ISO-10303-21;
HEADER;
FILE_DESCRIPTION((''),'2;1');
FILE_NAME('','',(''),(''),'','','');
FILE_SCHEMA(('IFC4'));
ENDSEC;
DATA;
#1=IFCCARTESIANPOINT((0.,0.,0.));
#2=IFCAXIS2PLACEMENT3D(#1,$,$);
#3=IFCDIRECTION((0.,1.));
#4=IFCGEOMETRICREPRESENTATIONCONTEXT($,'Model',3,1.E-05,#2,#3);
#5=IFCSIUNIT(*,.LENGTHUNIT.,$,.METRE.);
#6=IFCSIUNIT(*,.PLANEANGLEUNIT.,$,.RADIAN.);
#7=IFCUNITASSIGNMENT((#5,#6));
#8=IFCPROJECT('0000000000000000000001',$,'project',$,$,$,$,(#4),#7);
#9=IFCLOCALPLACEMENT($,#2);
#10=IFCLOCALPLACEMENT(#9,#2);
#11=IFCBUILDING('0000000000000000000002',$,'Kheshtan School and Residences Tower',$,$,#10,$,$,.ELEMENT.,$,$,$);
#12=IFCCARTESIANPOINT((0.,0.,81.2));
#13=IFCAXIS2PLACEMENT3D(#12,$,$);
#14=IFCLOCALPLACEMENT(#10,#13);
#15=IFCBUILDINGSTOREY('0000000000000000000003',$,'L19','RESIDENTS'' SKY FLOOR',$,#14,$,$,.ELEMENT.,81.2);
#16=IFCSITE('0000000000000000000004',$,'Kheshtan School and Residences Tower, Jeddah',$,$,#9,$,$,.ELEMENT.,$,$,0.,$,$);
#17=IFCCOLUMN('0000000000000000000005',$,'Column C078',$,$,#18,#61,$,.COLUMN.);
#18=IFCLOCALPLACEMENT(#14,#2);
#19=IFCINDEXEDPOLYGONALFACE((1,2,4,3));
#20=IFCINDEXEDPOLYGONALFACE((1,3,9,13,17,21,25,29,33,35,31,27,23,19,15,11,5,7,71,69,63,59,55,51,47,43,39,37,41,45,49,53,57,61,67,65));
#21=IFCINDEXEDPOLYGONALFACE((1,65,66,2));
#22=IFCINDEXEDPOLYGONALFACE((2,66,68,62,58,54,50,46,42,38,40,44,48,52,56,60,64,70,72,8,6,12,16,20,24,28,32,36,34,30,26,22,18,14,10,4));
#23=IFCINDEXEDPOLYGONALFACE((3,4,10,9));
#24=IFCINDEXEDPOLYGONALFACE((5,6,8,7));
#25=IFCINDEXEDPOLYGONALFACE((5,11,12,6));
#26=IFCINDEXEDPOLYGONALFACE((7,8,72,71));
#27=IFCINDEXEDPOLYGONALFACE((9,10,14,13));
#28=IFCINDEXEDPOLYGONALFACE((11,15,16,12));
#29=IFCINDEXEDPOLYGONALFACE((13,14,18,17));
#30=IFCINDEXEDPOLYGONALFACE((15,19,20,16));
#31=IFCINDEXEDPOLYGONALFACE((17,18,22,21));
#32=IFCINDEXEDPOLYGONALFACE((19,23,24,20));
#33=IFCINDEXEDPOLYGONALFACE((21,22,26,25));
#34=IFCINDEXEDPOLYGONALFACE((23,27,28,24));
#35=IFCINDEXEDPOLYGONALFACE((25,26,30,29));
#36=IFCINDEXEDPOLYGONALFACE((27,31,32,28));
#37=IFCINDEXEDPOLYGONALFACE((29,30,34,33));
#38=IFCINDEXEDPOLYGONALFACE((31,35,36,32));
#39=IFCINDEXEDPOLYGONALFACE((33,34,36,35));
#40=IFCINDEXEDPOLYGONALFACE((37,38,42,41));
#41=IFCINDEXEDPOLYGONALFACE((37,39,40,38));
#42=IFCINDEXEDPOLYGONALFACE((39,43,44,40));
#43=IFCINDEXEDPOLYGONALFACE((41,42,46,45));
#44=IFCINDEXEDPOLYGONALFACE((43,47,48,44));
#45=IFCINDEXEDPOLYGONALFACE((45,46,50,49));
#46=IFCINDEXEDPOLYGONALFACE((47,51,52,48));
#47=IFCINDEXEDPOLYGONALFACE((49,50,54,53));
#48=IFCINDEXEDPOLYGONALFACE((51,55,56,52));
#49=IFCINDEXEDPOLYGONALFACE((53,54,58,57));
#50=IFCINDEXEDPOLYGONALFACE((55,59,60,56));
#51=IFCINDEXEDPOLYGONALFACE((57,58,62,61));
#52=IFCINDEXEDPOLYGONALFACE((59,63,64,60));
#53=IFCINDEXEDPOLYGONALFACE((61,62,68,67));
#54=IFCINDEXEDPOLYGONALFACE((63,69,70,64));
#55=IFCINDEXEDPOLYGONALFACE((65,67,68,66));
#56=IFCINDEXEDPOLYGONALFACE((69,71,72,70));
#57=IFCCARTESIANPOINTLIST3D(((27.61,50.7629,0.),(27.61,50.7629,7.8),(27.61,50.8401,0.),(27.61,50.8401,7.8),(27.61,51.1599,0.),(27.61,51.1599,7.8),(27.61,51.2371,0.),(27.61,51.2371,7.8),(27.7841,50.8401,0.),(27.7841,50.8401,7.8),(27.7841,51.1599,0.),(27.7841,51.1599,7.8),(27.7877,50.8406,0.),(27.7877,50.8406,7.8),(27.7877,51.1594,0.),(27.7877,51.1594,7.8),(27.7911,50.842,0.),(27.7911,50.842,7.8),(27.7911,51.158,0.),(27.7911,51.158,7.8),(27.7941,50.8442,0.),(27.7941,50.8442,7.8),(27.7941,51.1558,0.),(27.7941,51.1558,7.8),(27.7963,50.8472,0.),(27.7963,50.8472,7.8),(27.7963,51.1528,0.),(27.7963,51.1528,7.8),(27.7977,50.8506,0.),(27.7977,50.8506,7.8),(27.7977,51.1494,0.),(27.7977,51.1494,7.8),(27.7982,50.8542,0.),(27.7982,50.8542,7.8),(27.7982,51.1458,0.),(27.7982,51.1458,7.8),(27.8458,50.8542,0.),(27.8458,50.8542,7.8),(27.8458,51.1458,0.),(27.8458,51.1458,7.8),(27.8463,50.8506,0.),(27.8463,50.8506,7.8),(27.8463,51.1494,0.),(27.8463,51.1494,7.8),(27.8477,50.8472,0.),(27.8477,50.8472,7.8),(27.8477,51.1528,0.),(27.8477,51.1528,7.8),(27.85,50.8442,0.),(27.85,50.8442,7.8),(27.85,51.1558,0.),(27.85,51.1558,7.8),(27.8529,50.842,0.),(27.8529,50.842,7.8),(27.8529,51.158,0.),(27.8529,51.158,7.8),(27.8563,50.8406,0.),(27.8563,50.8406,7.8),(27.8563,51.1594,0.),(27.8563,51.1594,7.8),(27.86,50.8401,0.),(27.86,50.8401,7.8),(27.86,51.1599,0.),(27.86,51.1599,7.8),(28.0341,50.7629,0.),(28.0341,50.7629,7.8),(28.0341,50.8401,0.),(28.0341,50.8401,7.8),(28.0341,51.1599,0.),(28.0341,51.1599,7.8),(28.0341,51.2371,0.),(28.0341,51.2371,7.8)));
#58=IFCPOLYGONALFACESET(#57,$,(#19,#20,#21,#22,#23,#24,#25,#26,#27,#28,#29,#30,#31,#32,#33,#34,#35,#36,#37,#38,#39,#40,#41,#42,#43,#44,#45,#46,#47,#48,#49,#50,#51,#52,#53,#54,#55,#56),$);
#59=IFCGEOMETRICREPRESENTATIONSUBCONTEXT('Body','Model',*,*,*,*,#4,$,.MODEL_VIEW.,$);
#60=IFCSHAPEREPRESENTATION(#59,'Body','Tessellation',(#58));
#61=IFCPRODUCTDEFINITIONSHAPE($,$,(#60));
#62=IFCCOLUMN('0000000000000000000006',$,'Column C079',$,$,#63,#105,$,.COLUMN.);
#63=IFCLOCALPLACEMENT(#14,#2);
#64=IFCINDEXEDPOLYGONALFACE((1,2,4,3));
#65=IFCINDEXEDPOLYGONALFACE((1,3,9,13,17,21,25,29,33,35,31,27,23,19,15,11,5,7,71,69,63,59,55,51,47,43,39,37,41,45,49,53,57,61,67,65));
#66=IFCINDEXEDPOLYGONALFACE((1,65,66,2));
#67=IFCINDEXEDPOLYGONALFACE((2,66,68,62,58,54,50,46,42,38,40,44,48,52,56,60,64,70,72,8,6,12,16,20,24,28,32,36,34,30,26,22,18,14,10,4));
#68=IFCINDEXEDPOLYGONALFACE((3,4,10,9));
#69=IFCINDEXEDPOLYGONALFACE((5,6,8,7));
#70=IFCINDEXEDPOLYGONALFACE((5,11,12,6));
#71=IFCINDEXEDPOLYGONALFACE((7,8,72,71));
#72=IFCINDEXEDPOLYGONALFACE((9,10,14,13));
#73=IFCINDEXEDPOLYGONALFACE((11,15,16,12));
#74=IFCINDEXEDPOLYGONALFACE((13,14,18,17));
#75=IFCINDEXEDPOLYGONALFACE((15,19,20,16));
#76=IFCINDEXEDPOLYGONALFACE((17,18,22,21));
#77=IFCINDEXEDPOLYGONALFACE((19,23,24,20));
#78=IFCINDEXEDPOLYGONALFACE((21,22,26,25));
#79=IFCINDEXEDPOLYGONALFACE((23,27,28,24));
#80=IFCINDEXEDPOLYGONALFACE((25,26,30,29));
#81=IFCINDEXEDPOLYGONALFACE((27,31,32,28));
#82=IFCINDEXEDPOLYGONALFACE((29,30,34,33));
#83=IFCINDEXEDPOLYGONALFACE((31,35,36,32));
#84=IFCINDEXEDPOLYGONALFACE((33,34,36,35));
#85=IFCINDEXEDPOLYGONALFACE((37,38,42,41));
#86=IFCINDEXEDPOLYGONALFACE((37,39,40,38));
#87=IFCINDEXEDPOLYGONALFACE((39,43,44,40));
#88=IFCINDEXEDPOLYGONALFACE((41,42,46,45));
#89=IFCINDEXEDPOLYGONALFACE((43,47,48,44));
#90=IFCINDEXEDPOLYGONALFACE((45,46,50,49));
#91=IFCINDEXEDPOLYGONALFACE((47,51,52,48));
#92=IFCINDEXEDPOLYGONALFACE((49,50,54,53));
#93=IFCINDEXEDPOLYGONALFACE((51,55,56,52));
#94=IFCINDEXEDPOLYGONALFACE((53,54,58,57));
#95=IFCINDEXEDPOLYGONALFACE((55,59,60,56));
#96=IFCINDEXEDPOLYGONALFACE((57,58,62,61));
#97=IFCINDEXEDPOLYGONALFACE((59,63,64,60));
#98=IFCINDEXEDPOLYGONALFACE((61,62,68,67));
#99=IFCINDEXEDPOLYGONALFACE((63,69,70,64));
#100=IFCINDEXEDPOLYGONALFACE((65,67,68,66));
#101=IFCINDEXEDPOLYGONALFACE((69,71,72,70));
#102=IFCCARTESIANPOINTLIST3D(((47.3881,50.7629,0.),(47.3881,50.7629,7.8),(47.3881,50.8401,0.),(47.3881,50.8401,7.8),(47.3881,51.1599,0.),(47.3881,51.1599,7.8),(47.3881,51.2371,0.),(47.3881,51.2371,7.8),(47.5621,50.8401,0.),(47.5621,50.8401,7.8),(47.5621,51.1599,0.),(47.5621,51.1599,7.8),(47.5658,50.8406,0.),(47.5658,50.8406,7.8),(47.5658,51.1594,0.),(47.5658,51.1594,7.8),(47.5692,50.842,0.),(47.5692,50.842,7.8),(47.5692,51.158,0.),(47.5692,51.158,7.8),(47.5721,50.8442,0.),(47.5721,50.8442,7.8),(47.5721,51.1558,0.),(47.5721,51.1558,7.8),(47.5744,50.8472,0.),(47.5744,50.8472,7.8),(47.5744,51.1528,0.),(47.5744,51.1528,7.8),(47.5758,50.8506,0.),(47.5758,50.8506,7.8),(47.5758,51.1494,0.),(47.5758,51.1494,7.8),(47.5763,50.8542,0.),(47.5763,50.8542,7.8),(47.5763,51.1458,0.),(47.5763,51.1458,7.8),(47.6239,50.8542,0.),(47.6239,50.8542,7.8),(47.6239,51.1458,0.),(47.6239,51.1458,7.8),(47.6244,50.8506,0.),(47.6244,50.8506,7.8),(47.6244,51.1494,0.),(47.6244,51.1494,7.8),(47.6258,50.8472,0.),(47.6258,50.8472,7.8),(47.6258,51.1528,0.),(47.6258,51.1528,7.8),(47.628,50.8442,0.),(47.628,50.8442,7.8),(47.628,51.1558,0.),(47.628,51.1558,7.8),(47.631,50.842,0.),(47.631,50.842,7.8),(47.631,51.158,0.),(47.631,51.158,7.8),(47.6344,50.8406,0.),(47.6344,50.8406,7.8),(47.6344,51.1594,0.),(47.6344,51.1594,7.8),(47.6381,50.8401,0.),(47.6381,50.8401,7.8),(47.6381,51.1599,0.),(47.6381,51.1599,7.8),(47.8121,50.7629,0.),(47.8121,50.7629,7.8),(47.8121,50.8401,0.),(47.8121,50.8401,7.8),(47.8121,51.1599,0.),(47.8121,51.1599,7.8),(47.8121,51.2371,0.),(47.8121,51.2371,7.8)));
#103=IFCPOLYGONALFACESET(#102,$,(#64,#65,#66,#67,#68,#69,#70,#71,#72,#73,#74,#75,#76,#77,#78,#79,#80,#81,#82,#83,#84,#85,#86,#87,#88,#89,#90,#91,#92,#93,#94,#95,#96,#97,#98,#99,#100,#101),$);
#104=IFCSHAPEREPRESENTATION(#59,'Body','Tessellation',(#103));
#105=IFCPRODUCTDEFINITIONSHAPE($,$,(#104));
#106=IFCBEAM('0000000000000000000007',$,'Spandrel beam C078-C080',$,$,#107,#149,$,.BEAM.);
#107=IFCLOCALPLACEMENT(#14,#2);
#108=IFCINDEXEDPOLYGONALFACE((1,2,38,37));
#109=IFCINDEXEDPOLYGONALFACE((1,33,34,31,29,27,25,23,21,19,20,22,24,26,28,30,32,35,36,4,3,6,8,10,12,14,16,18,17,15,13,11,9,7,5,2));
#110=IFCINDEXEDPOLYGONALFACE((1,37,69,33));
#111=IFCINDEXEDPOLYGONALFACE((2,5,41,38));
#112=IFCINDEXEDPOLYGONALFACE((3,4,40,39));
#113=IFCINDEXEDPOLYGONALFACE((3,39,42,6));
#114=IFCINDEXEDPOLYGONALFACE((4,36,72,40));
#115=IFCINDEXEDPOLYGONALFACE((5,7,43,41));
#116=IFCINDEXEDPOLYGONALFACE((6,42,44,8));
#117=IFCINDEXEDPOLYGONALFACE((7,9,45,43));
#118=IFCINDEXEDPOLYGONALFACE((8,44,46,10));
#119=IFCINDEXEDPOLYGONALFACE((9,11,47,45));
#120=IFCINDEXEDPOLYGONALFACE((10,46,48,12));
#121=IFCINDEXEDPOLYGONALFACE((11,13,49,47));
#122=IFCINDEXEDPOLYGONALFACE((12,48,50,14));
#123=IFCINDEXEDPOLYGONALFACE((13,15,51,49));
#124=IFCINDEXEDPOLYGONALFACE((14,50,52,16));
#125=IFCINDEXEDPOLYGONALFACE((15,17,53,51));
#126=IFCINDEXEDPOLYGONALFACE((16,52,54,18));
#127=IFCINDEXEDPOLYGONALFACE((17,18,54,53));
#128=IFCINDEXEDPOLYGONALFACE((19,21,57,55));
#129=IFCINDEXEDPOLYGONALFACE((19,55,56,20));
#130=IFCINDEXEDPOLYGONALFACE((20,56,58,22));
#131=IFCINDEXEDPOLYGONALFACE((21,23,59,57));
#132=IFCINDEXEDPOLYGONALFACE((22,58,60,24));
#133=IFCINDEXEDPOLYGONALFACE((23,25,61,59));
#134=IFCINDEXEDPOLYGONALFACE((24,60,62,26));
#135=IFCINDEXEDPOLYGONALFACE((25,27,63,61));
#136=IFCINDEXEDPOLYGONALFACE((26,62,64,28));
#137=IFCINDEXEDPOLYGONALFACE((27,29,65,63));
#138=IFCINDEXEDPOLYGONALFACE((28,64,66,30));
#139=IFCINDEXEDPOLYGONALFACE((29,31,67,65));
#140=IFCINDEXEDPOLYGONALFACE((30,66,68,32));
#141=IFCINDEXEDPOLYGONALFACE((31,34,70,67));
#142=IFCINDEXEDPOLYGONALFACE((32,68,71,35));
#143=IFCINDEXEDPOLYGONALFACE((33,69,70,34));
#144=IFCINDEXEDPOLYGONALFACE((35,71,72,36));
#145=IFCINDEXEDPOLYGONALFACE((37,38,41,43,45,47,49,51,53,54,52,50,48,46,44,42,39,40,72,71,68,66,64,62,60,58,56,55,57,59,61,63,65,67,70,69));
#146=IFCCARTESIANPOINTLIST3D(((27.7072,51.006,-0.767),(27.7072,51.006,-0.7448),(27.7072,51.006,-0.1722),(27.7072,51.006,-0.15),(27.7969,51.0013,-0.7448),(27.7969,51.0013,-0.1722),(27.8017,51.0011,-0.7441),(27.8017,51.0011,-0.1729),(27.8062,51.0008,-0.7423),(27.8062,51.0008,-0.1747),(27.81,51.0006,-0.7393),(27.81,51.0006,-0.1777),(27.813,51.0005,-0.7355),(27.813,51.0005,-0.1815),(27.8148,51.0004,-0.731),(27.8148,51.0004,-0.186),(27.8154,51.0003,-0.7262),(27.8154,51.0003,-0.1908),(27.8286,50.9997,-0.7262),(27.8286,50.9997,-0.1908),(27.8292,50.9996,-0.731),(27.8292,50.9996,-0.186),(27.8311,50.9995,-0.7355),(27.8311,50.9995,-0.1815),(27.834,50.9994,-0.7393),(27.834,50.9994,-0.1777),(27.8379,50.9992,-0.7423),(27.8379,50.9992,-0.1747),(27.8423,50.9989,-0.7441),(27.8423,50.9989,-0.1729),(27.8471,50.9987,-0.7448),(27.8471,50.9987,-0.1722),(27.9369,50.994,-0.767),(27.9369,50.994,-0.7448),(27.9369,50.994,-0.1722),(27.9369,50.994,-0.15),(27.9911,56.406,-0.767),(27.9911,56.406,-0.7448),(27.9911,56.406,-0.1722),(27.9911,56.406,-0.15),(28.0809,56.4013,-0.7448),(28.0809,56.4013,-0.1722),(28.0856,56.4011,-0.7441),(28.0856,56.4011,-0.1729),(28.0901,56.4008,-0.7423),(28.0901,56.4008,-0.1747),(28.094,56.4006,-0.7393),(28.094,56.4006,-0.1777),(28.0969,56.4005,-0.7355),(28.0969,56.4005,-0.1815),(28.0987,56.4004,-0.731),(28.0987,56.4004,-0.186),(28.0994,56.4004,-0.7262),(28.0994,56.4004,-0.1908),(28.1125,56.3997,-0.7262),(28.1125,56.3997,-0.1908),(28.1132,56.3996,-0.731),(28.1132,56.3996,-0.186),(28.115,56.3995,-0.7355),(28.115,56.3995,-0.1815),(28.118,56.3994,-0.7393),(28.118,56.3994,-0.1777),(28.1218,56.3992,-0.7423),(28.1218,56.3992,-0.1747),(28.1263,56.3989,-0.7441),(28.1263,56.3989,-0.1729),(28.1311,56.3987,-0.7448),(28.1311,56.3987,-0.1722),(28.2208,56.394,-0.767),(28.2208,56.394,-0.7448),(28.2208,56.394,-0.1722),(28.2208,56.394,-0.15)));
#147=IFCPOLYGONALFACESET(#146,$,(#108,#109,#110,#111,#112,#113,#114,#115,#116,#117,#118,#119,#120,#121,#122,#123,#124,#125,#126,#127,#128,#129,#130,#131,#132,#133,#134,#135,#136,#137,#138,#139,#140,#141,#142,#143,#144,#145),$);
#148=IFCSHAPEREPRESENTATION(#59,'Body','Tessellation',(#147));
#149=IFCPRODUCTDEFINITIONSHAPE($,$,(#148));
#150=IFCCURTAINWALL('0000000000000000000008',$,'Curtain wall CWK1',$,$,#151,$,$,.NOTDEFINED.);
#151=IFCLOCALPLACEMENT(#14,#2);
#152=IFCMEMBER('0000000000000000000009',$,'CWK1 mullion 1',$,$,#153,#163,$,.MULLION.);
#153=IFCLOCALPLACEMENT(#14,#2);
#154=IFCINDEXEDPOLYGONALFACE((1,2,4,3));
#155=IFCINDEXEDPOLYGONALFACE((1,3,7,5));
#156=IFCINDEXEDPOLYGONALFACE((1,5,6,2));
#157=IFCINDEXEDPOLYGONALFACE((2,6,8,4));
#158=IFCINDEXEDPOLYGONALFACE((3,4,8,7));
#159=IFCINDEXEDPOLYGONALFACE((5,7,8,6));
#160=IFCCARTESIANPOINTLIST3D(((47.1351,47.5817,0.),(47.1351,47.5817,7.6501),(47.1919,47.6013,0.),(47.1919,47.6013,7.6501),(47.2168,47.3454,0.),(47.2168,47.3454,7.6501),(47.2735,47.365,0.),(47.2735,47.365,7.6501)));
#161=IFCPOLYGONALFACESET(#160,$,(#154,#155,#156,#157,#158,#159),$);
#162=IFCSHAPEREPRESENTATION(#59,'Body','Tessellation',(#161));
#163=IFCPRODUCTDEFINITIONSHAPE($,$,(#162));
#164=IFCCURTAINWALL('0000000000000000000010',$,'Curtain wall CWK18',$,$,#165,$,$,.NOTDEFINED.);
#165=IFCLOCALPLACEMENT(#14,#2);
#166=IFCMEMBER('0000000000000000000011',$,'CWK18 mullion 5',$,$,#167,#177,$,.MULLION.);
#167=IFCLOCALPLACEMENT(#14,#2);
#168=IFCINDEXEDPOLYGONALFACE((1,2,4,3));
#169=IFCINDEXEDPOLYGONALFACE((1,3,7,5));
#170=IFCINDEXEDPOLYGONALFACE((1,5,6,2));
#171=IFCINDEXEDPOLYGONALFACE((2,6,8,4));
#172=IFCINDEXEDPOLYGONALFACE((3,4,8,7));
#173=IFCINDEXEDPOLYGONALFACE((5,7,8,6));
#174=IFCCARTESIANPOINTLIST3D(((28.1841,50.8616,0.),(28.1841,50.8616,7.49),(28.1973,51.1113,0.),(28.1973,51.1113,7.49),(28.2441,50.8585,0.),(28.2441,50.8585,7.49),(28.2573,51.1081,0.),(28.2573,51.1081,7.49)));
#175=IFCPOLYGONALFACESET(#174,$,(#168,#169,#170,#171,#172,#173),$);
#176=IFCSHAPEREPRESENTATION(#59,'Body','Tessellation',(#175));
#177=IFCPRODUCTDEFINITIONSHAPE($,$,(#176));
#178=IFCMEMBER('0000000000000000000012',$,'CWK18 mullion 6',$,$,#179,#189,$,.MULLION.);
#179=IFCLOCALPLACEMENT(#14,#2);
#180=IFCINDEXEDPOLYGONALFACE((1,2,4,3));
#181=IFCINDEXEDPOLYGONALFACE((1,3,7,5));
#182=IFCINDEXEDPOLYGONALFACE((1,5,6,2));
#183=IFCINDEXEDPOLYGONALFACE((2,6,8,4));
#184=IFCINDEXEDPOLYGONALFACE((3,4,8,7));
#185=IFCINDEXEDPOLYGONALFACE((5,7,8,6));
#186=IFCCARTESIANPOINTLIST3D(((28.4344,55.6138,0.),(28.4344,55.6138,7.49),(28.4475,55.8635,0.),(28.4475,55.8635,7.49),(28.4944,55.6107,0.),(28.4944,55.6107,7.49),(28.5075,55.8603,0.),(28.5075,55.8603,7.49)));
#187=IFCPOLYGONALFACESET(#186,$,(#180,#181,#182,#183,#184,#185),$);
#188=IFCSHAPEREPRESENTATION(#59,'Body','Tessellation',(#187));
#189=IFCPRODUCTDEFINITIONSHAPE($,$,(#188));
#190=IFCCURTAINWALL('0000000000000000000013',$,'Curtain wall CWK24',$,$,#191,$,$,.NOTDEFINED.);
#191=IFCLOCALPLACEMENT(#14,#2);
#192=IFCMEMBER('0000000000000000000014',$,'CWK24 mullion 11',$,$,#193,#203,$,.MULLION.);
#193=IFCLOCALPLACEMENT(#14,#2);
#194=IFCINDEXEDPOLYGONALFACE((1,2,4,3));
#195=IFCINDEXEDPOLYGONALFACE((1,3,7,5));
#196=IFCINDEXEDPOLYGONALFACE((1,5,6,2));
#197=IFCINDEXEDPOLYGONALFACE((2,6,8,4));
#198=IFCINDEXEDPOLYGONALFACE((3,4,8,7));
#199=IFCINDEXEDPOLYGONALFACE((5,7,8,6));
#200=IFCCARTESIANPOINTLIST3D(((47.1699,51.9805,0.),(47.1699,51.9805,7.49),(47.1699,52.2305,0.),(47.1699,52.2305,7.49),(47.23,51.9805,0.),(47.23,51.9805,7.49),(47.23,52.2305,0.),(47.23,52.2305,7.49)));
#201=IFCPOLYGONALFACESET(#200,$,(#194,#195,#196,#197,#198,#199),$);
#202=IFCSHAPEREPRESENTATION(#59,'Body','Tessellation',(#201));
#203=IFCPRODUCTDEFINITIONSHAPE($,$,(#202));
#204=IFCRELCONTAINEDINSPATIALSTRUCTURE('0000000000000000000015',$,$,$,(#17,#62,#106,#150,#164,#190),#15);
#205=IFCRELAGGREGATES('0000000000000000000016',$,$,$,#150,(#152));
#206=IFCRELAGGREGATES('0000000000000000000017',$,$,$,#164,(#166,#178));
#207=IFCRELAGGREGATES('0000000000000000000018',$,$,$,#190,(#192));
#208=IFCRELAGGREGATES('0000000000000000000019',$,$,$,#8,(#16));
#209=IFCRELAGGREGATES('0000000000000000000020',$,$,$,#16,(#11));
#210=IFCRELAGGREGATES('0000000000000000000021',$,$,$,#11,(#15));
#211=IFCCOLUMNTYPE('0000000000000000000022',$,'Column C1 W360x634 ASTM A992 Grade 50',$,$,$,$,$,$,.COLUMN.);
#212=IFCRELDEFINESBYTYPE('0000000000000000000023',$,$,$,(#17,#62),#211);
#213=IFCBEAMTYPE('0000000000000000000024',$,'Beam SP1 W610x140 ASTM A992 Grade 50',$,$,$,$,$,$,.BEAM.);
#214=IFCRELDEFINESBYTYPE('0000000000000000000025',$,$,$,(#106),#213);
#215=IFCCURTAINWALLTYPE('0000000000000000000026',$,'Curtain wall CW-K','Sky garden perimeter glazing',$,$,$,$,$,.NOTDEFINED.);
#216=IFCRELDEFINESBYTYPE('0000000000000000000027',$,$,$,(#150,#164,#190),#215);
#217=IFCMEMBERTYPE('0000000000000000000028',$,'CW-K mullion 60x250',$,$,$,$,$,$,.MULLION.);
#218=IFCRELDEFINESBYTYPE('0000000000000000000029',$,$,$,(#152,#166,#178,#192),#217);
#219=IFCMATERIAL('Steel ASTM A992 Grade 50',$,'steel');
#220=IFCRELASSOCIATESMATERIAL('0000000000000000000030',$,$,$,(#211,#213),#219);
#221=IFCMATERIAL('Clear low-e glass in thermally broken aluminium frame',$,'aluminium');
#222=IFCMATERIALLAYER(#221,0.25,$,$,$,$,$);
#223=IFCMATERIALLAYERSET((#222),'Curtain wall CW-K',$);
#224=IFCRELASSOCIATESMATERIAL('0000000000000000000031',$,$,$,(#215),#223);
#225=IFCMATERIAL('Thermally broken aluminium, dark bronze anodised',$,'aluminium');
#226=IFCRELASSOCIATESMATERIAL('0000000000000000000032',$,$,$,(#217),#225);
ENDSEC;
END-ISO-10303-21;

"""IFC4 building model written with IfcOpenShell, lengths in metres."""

from ifc_helpers import new_model, si_unit, direction, frame, origin, origin_2d, place, context, subcontext, project, spatial, rectangle, i_section, extrude, material, layer, layer_set, material_profile, profile_set, type_object, element, aggregate, save


model = new_model("IFC4")

# Units and contexts
model_context = context("Model", 3, precision=1e-05, world=origin(), true_north=direction((0.0, 1.0)))
body_context = subcontext(model_context, "Body", "Model", "MODEL_VIEW")
ifc_project = project(units=[si_unit("LENGTHUNIT", "METRE"), si_unit("PLANEANGLEUNIT", "RADIAN")], contexts=[model_context])

# Site, building, storey
site_placement = place(None, origin())
site = spatial("IfcSite", under=ifc_project, at=site_placement, Name="Kheshtan School and Residences Tower, Jeddah", CompositionType="ELEMENT", RefElevation=0.0)
building_placement = place(site_placement, origin())
building = spatial("IfcBuilding", under=site, at=building_placement, Name="Kheshtan School and Residences Tower", CompositionType="ELEMENT")
storey_placement = place(building_placement, frame((0.0, 0.0, 81.2)))
storey = spatial("IfcBuildingStorey", under=building, at=storey_placement, Name="L19", Description="RESIDENTS' SKY FLOOR", CompositionType="ELEMENT", Elevation=81.2)

# Columns
ifc_material_1 = material(Name="Steel ASTM A992 Grade 50", Category="steel")
ifc_material_profile_1 = material_profile(ifc_material_1, i_section(OverallWidth=0.4241, OverallDepth=0.4741, WebThickness=0.0476, FlangeThickness=0.0771, FilletRadius=0.0142, at=origin_2d()), Name="W360x634")
ifc_profile_set_1 = profile_set([ifc_material_profile_1], Name="Steel ASTM A992 Grade 50")
column_type = type_object("IfcColumnType", Name="Column C1 W360x634 ASTM A992 Grade 50", PredefinedType="COLUMN", material=ifc_profile_set_1)
for number, where, z_axis, x_axis, name in (
    (1, (27.822, 51.0, 0.0), (0.0, 0.0, 1.0), (1.0, 0.0, 0.0), "Column C078"),
    (2, (47.6001, 51.0, 0.0), (0.0, 0.0, 1.0), (1.0, 0.0, 0.0), "Column C079"),
):
    element("IfcColumn", number, at=place(storey_placement, frame(where, z_axis=z_axis, x_axis=x_axis)), inside=storey, type_object=column_type, Name=name, PredefinedType="COLUMN", context=body_context, shape_type="SweptSolid", body=[
        extrude(i_section(OverallWidth=0.4241, OverallDepth=0.4741, WebThickness=0.0476, FlangeThickness=0.0771, FilletRadius=0.0142, at=origin_2d()), origin(), (0.0, 0.0, 1.0), 7.8),
    ])

# Beam
ifc_material_profile_2 = material_profile(ifc_material_1, i_section(OverallWidth=0.23, OverallDepth=0.6169, WebThickness=0.0132, FlangeThickness=0.0222, FilletRadius=0.0186, at=origin_2d()), Name="W610x140")
ifc_profile_set_2 = profile_set([ifc_material_profile_2], Name="Steel ASTM A992 Grade 50")
beam_type = type_object("IfcBeamType", Name="Beam SP1 W610x140 ASTM A992 Grade 50", PredefinedType="BEAM", material=ifc_profile_set_2)
beam_placement = place(storey_placement, frame((27.822, 51.0, -0.4585), z_axis=(0.052509, 0.99862, 0.0), x_axis=(-0.99862, 0.052509, 0.0)))
element("IfcBeam", 3, at=beam_placement, inside=storey, type_object=beam_type, Name="Spandrel beam C078-C080", PredefinedType="BEAM", context=body_context, shape_type="SweptSolid", body=[
    extrude(i_section(OverallWidth=0.23, OverallDepth=0.6169, WebThickness=0.0132, FlangeThickness=0.0222, FilletRadius=0.0186, at=origin_2d()), origin(), (0.0, 0.0, 1.0), 5.4075),
])

# Curtain wall, member
ifc_material_2 = material(Name="Clear low-e glass in thermally broken aluminium frame", Category="aluminium")
ifc_layer_1 = layer(ifc_material_2, 0.25)
ifc_layer_set_1 = layer_set([ifc_layer_1], Name="Curtain wall CW-K")
curtain_wall_type = type_object("IfcCurtainWallType", Name="Curtain wall CW-K", Description="Sky garden perimeter glazing", PredefinedType="NOTDEFINED", material=ifc_layer_set_1)
curtain_wall_1_placement = place(storey_placement, origin())
curtain_wall_1 = element("IfcCurtainWall", 4, at=curtain_wall_1_placement, inside=storey, type_object=curtain_wall_type, Name="Curtain wall CWK1", PredefinedType="NOTDEFINED")
ifc_material_3 = material(Name="Thermally broken aluminium, dark bronze anodised", Category="aluminium")
ifc_material_profile_3 = material_profile(ifc_material_3, rectangle(XDim=0.0601, YDim=0.25, at=origin_2d()), Name="CW-K mullion 60x250")
ifc_profile_set_3 = profile_set([ifc_material_profile_3], Name="Thermally broken aluminium, dark bronze anodised")
member_type_1 = type_object("IfcMemberType", Name="CW-K mullion 60x250", PredefinedType="MULLION", material=ifc_profile_set_3)
member_1_placement = place(storey_placement, frame((47.2043, 47.4734, 0.0), z_axis=(0.0, 0.0, 1.0), x_axis=(0.94519, 0.32652, 0.0)))
member_1 = element("IfcMember", 5, at=member_1_placement, type_object=member_type_1, Name="CWK1 mullion 1", PredefinedType="MULLION", context=body_context, shape_type="SweptSolid", body=[
    extrude(rectangle(XDim=0.0601, YDim=0.25, at=origin_2d()), origin(), (0.0, 0.0, 1.0), 7.6501),
])

# Curtain wall, members
curtain_wall_2_placement = place(storey_placement, origin())
curtain_wall_2 = element("IfcCurtainWall", 6, at=curtain_wall_2_placement, inside=storey, type_object=curtain_wall_type, Name="Curtain wall CWK18", PredefinedType="NOTDEFINED")
member_2_placement = place(storey_placement, frame((28.2207, 50.9849, 0.0), z_axis=(0.0, 0.0, 1.0), x_axis=(-0.998617, 0.052565, 0.0)))
member_2 = element("IfcMember", 7, at=member_2_placement, type_object=member_type_1, Name="CWK18 mullion 5", PredefinedType="MULLION", context=body_context, shape_type="SweptSolid", body=[
    extrude(rectangle(XDim=0.0601, YDim=0.25, at=origin_2d()), origin(), (0.0, 0.0, 1.0), 7.49),
])
member_3_placement = place(storey_placement, frame((28.4709, 55.7371, 0.0), z_axis=(0.0, 0.0, 1.0), x_axis=(-0.998617, 0.052565, 0.0)))
member_3 = element("IfcMember", 8, at=member_3_placement, type_object=member_type_1, Name="CWK18 mullion 6", PredefinedType="MULLION", context=body_context, shape_type="SweptSolid", body=[
    extrude(rectangle(XDim=0.0601, YDim=0.25, at=origin_2d()), origin(), (0.0, 0.0, 1.0), 7.49),
])

# Curtain wall, member
curtain_wall_3_placement = place(storey_placement, origin())
curtain_wall_3 = element("IfcCurtainWall", 9, at=curtain_wall_3_placement, inside=storey, type_object=curtain_wall_type, Name="Curtain wall CWK24", PredefinedType="NOTDEFINED")
member_4_placement = place(storey_placement, frame((47.2, 52.1055, 0.0), z_axis=(0.0, 0.0, 1.0), x_axis=(1.0, 0.0, 0.0)))
member_4 = element("IfcMember", 10, at=member_4_placement, type_object=member_type_1, Name="CWK24 mullion 11", PredefinedType="MULLION", context=body_context, shape_type="SweptSolid", body=[
    extrude(rectangle(XDim=0.0601, YDim=0.25, at=origin_2d()), origin(), (0.0, 0.0, 1.0), 7.49),
])

aggregate(curtain_wall_1, [member_1])
aggregate(curtain_wall_2, [member_2, member_3])
aggregate(curtain_wall_3, [member_4])

save(model, "model.ifc")
